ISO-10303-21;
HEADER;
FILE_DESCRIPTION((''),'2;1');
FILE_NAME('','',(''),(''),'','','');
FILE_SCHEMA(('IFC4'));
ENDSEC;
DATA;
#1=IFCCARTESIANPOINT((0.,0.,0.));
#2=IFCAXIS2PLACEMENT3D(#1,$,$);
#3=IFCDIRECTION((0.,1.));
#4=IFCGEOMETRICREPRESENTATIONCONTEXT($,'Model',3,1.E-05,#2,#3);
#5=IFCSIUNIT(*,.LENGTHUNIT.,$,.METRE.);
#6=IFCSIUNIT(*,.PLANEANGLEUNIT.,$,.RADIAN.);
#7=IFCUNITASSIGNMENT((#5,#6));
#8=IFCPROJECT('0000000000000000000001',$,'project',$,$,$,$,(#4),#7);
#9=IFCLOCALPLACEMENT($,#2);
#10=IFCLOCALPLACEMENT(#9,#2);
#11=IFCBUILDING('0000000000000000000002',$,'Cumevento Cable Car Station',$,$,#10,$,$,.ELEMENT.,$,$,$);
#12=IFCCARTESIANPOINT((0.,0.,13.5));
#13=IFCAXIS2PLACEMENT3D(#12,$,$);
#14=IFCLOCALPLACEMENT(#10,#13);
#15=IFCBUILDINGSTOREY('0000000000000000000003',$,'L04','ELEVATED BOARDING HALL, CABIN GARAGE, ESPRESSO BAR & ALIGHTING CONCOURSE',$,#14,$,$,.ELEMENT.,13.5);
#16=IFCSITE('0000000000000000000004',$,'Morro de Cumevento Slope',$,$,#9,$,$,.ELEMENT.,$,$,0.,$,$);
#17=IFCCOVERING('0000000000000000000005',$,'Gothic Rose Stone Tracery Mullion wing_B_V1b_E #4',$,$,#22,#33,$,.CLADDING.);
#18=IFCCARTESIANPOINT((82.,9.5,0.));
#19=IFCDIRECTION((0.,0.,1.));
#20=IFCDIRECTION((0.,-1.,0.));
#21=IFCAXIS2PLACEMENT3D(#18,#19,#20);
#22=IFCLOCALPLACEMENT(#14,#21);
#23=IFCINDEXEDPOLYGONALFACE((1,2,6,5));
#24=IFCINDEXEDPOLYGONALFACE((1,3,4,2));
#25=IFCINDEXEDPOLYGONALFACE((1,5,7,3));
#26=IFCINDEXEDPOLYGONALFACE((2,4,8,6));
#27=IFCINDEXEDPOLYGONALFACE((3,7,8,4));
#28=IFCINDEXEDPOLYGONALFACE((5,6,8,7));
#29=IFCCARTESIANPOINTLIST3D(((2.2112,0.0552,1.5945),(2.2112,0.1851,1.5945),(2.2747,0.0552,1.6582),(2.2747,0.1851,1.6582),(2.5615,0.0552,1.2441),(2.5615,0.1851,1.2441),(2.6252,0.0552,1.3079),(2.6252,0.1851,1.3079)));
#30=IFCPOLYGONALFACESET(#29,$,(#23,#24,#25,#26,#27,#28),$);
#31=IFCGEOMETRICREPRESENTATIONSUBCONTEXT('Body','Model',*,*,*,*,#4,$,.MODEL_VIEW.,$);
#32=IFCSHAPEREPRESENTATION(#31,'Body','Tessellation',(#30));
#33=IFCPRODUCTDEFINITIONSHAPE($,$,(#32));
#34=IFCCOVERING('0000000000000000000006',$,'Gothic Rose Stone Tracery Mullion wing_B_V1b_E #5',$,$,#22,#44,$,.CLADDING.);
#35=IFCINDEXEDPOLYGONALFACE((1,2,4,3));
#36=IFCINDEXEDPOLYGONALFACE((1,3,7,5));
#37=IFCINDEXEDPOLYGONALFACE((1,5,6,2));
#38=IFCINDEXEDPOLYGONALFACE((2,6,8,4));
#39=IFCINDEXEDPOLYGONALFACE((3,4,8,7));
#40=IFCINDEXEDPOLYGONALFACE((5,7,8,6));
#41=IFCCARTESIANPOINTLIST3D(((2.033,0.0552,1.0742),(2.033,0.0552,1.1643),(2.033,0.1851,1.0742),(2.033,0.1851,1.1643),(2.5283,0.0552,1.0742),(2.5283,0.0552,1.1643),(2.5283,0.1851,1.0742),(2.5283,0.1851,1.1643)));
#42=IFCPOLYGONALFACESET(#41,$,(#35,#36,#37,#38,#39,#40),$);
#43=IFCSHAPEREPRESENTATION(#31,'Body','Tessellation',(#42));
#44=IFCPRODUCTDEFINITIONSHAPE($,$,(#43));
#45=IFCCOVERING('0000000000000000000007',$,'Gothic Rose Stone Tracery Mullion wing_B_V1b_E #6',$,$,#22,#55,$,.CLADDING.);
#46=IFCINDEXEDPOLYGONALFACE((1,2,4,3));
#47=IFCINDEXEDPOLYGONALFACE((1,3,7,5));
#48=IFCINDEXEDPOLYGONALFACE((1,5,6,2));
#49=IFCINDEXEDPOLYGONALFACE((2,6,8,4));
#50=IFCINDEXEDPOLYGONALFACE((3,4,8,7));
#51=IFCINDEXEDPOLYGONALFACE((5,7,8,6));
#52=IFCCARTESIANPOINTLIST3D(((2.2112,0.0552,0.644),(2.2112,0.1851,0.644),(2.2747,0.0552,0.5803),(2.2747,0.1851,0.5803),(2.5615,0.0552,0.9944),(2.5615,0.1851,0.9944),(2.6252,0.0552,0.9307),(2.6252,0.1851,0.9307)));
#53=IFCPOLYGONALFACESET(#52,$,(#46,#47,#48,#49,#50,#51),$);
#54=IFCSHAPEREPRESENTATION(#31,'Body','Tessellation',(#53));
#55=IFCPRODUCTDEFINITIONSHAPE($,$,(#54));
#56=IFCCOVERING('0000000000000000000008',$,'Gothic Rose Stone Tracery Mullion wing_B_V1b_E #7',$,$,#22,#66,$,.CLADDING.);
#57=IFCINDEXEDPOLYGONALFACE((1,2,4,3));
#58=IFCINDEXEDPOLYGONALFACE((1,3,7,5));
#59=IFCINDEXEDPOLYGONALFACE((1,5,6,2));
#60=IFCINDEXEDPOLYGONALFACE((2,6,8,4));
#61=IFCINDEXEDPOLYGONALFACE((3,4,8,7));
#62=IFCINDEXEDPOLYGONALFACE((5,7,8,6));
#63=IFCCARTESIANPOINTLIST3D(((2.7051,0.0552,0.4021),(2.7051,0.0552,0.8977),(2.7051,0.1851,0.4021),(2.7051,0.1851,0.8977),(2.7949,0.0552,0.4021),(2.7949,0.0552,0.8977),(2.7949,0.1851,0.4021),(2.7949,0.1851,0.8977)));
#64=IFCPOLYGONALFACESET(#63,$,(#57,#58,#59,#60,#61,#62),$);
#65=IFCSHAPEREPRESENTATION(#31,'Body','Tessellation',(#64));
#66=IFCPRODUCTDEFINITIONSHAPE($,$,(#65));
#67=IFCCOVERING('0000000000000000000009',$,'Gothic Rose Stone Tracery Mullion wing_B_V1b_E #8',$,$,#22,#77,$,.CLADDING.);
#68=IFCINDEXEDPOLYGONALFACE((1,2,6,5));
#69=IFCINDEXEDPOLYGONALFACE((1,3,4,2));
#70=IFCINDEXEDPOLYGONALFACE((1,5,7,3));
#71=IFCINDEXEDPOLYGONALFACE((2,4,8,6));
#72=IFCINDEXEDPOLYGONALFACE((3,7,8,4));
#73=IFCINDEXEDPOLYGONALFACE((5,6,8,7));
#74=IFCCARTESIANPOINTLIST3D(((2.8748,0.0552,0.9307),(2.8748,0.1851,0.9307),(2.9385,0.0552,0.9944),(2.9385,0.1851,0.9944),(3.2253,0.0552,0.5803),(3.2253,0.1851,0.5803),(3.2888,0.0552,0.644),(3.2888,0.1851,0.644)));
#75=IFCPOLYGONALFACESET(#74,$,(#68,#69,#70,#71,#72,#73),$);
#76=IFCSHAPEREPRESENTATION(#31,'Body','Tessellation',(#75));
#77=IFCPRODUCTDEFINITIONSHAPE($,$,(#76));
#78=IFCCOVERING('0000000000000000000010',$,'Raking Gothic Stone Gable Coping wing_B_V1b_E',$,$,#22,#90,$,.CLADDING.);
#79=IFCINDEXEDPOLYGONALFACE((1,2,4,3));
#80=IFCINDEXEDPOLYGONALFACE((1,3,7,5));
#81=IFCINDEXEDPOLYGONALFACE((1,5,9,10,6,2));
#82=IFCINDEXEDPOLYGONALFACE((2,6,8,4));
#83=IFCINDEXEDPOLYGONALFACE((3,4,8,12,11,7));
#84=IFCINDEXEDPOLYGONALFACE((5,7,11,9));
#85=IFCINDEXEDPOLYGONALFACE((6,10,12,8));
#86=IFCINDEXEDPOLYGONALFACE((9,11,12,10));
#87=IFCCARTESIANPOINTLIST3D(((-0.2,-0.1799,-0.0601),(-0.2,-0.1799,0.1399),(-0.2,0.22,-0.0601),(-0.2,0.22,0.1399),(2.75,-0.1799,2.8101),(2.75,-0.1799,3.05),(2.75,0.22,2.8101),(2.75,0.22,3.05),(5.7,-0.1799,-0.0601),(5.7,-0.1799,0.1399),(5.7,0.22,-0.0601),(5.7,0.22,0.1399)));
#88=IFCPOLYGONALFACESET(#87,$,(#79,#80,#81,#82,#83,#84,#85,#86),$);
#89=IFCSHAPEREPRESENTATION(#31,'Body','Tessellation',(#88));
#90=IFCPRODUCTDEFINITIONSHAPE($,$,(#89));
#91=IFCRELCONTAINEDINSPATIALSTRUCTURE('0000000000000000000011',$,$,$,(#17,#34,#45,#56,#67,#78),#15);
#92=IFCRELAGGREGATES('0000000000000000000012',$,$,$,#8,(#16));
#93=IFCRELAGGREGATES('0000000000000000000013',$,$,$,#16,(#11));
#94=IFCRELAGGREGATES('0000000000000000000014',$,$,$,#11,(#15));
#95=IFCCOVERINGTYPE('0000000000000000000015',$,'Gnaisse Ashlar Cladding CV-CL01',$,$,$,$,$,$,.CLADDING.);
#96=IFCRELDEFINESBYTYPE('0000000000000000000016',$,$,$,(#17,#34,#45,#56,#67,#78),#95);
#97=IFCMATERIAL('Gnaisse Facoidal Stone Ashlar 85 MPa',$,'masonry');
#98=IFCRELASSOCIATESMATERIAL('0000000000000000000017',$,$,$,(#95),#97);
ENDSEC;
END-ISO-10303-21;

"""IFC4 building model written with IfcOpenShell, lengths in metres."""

from ifc_helpers import new_model, si_unit, direction, frame, origin, place, context, subcontext, project, spatial, polyline, outline, extrude, material, type_object, element, save


model = new_model("IFC4")

# Units and contexts
model_context = context("Model", 3, precision=1e-05, world=origin(), true_north=direction((0.0, 1.0)))
body_context = subcontext(model_context, "Body", "Model", "MODEL_VIEW")
ifc_project = project(units=[si_unit("LENGTHUNIT", "METRE"), si_unit("PLANEANGLEUNIT", "RADIAN")], contexts=[model_context])

# Site, building, storey
site_placement = place(None, origin())
site = spatial("IfcSite", under=ifc_project, at=site_placement, Name="Morro de Cumevento Slope", CompositionType="ELEMENT", RefElevation=0.0)
building_placement = place(site_placement, origin())
building = spatial("IfcBuilding", under=site, at=building_placement, Name="Cumevento Cable Car Station", CompositionType="ELEMENT")
storey_placement = place(building_placement, frame((0.0, 0.0, 13.5)))
storey = spatial("IfcBuildingStorey", under=building, at=storey_placement, Name="L04", Description="ELEVATED BOARDING HALL, CABIN GARAGE, ESPRESSO BAR & ALIGHTING CONCOURSE", CompositionType="ELEMENT", Elevation=13.5)

# Coverings
ifc_material_1 = material(Name="Gnaisse Facoidal Stone Ashlar 85 MPa", Category="masonry")
covering_type = type_object("IfcCoveringType", Name="Gnaisse Ashlar Cladding CV-CL01", PredefinedType="CLADDING", material=ifc_material_1)
placement = place(storey_placement, frame((82.0, 9.5, 0.0), z_axis=(0.0, 0.0, 1.0), x_axis=(0.0, -1.0, 0.0)))
element("IfcCovering", 1, at=placement, inside=storey, type_object=covering_type, Name="Gothic Rose Stone Tracery Mullion wing_B_V1b_E #4", PredefinedType="CLADDING", context=body_context, shape_type="SweptSolid", body=[
    extrude(outline(polyline([(2.5615, 1.2441), (2.2112, 1.5945), (2.2747, 1.6582), (2.6252, 1.3079), (2.5615, 1.2441)])), frame((0.0, 0.1851, 0.0), z_axis=(0.0, -1.0, 0.0), x_axis=(1.0, 0.0, 0.0)), (0.0, 0.0, 1.0), 0.1299),
])
element("IfcCovering", 2, at=placement, inside=storey, type_object=covering_type, Name="Gothic Rose Stone Tracery Mullion wing_B_V1b_E #5", PredefinedType="CLADDING", context=body_context, shape_type="SweptSolid", body=[
    extrude(outline(polyline([(2.5283, 1.0742), (2.033, 1.0742), (2.033, 1.1643), (2.5283, 1.1643), (2.5283, 1.0742)])), frame((0.0, 0.1851, 0.0), z_axis=(0.0, -1.0, 0.0), x_axis=(1.0, 0.0, 0.0)), (0.0, 0.0, 1.0), 0.1299),
])
element("IfcCovering", 3, at=placement, inside=storey, type_object=covering_type, Name="Gothic Rose Stone Tracery Mullion wing_B_V1b_E #6", PredefinedType="CLADDING", context=body_context, shape_type="SweptSolid", body=[
    extrude(outline(polyline([(2.6252, 0.9307), (2.2747, 0.5803), (2.2112, 0.644), (2.5615, 0.9944), (2.6252, 0.9307)])), frame((0.0, 0.1851, 0.0), z_axis=(0.0, -1.0, 0.0), x_axis=(1.0, 0.0, 0.0)), (0.0, 0.0, 1.0), 0.1299),
])
element("IfcCovering", 4, at=placement, inside=storey, type_object=covering_type, Name="Gothic Rose Stone Tracery Mullion wing_B_V1b_E #7", PredefinedType="CLADDING", context=body_context, shape_type="SweptSolid", body=[
    extrude(outline(polyline([(2.7949, 0.8977), (2.7949, 0.4021), (2.7051, 0.4021), (2.7051, 0.8977), (2.7949, 0.8977)])), frame((0.0, 0.1851, 0.0), z_axis=(0.0, -1.0, 0.0), x_axis=(1.0, 0.0, 0.0)), (0.0, 0.0, 1.0), 0.1299),
])
element("IfcCovering", 5, at=placement, inside=storey, type_object=covering_type, Name="Gothic Rose Stone Tracery Mullion wing_B_V1b_E #8", PredefinedType="CLADDING", context=body_context, shape_type="SweptSolid", body=[
    extrude(outline(polyline([(2.9385, 0.9944), (3.2888, 0.644), (3.2253, 0.5803), (2.8748, 0.9307), (2.9385, 0.9944)])), frame((0.0, 0.1851, 0.0), z_axis=(0.0, -1.0, 0.0), x_axis=(1.0, 0.0, 0.0)), (0.0, 0.0, 1.0), 0.1299),
])
element("IfcCovering", 6, at=placement, inside=storey, type_object=covering_type, Name="Raking Gothic Stone Gable Coping wing_B_V1b_E", PredefinedType="CLADDING", context=body_context, shape_type="SweptSolid", body=[
    extrude(outline(polyline([(-0.2, -0.0601), (2.75, 2.8101), (5.7, -0.0601), (5.7, 0.1399), (2.75, 3.05), (-0.2, 0.1399), (-0.2, -0.0601)])), frame((0.0, 0.22, 0.0), z_axis=(0.0, -1.0, 0.0), x_axis=(1.0, 0.0, 0.0)), (0.0, 0.0, 1.0), 0.3999),
])

save(model, "model.ifc")
